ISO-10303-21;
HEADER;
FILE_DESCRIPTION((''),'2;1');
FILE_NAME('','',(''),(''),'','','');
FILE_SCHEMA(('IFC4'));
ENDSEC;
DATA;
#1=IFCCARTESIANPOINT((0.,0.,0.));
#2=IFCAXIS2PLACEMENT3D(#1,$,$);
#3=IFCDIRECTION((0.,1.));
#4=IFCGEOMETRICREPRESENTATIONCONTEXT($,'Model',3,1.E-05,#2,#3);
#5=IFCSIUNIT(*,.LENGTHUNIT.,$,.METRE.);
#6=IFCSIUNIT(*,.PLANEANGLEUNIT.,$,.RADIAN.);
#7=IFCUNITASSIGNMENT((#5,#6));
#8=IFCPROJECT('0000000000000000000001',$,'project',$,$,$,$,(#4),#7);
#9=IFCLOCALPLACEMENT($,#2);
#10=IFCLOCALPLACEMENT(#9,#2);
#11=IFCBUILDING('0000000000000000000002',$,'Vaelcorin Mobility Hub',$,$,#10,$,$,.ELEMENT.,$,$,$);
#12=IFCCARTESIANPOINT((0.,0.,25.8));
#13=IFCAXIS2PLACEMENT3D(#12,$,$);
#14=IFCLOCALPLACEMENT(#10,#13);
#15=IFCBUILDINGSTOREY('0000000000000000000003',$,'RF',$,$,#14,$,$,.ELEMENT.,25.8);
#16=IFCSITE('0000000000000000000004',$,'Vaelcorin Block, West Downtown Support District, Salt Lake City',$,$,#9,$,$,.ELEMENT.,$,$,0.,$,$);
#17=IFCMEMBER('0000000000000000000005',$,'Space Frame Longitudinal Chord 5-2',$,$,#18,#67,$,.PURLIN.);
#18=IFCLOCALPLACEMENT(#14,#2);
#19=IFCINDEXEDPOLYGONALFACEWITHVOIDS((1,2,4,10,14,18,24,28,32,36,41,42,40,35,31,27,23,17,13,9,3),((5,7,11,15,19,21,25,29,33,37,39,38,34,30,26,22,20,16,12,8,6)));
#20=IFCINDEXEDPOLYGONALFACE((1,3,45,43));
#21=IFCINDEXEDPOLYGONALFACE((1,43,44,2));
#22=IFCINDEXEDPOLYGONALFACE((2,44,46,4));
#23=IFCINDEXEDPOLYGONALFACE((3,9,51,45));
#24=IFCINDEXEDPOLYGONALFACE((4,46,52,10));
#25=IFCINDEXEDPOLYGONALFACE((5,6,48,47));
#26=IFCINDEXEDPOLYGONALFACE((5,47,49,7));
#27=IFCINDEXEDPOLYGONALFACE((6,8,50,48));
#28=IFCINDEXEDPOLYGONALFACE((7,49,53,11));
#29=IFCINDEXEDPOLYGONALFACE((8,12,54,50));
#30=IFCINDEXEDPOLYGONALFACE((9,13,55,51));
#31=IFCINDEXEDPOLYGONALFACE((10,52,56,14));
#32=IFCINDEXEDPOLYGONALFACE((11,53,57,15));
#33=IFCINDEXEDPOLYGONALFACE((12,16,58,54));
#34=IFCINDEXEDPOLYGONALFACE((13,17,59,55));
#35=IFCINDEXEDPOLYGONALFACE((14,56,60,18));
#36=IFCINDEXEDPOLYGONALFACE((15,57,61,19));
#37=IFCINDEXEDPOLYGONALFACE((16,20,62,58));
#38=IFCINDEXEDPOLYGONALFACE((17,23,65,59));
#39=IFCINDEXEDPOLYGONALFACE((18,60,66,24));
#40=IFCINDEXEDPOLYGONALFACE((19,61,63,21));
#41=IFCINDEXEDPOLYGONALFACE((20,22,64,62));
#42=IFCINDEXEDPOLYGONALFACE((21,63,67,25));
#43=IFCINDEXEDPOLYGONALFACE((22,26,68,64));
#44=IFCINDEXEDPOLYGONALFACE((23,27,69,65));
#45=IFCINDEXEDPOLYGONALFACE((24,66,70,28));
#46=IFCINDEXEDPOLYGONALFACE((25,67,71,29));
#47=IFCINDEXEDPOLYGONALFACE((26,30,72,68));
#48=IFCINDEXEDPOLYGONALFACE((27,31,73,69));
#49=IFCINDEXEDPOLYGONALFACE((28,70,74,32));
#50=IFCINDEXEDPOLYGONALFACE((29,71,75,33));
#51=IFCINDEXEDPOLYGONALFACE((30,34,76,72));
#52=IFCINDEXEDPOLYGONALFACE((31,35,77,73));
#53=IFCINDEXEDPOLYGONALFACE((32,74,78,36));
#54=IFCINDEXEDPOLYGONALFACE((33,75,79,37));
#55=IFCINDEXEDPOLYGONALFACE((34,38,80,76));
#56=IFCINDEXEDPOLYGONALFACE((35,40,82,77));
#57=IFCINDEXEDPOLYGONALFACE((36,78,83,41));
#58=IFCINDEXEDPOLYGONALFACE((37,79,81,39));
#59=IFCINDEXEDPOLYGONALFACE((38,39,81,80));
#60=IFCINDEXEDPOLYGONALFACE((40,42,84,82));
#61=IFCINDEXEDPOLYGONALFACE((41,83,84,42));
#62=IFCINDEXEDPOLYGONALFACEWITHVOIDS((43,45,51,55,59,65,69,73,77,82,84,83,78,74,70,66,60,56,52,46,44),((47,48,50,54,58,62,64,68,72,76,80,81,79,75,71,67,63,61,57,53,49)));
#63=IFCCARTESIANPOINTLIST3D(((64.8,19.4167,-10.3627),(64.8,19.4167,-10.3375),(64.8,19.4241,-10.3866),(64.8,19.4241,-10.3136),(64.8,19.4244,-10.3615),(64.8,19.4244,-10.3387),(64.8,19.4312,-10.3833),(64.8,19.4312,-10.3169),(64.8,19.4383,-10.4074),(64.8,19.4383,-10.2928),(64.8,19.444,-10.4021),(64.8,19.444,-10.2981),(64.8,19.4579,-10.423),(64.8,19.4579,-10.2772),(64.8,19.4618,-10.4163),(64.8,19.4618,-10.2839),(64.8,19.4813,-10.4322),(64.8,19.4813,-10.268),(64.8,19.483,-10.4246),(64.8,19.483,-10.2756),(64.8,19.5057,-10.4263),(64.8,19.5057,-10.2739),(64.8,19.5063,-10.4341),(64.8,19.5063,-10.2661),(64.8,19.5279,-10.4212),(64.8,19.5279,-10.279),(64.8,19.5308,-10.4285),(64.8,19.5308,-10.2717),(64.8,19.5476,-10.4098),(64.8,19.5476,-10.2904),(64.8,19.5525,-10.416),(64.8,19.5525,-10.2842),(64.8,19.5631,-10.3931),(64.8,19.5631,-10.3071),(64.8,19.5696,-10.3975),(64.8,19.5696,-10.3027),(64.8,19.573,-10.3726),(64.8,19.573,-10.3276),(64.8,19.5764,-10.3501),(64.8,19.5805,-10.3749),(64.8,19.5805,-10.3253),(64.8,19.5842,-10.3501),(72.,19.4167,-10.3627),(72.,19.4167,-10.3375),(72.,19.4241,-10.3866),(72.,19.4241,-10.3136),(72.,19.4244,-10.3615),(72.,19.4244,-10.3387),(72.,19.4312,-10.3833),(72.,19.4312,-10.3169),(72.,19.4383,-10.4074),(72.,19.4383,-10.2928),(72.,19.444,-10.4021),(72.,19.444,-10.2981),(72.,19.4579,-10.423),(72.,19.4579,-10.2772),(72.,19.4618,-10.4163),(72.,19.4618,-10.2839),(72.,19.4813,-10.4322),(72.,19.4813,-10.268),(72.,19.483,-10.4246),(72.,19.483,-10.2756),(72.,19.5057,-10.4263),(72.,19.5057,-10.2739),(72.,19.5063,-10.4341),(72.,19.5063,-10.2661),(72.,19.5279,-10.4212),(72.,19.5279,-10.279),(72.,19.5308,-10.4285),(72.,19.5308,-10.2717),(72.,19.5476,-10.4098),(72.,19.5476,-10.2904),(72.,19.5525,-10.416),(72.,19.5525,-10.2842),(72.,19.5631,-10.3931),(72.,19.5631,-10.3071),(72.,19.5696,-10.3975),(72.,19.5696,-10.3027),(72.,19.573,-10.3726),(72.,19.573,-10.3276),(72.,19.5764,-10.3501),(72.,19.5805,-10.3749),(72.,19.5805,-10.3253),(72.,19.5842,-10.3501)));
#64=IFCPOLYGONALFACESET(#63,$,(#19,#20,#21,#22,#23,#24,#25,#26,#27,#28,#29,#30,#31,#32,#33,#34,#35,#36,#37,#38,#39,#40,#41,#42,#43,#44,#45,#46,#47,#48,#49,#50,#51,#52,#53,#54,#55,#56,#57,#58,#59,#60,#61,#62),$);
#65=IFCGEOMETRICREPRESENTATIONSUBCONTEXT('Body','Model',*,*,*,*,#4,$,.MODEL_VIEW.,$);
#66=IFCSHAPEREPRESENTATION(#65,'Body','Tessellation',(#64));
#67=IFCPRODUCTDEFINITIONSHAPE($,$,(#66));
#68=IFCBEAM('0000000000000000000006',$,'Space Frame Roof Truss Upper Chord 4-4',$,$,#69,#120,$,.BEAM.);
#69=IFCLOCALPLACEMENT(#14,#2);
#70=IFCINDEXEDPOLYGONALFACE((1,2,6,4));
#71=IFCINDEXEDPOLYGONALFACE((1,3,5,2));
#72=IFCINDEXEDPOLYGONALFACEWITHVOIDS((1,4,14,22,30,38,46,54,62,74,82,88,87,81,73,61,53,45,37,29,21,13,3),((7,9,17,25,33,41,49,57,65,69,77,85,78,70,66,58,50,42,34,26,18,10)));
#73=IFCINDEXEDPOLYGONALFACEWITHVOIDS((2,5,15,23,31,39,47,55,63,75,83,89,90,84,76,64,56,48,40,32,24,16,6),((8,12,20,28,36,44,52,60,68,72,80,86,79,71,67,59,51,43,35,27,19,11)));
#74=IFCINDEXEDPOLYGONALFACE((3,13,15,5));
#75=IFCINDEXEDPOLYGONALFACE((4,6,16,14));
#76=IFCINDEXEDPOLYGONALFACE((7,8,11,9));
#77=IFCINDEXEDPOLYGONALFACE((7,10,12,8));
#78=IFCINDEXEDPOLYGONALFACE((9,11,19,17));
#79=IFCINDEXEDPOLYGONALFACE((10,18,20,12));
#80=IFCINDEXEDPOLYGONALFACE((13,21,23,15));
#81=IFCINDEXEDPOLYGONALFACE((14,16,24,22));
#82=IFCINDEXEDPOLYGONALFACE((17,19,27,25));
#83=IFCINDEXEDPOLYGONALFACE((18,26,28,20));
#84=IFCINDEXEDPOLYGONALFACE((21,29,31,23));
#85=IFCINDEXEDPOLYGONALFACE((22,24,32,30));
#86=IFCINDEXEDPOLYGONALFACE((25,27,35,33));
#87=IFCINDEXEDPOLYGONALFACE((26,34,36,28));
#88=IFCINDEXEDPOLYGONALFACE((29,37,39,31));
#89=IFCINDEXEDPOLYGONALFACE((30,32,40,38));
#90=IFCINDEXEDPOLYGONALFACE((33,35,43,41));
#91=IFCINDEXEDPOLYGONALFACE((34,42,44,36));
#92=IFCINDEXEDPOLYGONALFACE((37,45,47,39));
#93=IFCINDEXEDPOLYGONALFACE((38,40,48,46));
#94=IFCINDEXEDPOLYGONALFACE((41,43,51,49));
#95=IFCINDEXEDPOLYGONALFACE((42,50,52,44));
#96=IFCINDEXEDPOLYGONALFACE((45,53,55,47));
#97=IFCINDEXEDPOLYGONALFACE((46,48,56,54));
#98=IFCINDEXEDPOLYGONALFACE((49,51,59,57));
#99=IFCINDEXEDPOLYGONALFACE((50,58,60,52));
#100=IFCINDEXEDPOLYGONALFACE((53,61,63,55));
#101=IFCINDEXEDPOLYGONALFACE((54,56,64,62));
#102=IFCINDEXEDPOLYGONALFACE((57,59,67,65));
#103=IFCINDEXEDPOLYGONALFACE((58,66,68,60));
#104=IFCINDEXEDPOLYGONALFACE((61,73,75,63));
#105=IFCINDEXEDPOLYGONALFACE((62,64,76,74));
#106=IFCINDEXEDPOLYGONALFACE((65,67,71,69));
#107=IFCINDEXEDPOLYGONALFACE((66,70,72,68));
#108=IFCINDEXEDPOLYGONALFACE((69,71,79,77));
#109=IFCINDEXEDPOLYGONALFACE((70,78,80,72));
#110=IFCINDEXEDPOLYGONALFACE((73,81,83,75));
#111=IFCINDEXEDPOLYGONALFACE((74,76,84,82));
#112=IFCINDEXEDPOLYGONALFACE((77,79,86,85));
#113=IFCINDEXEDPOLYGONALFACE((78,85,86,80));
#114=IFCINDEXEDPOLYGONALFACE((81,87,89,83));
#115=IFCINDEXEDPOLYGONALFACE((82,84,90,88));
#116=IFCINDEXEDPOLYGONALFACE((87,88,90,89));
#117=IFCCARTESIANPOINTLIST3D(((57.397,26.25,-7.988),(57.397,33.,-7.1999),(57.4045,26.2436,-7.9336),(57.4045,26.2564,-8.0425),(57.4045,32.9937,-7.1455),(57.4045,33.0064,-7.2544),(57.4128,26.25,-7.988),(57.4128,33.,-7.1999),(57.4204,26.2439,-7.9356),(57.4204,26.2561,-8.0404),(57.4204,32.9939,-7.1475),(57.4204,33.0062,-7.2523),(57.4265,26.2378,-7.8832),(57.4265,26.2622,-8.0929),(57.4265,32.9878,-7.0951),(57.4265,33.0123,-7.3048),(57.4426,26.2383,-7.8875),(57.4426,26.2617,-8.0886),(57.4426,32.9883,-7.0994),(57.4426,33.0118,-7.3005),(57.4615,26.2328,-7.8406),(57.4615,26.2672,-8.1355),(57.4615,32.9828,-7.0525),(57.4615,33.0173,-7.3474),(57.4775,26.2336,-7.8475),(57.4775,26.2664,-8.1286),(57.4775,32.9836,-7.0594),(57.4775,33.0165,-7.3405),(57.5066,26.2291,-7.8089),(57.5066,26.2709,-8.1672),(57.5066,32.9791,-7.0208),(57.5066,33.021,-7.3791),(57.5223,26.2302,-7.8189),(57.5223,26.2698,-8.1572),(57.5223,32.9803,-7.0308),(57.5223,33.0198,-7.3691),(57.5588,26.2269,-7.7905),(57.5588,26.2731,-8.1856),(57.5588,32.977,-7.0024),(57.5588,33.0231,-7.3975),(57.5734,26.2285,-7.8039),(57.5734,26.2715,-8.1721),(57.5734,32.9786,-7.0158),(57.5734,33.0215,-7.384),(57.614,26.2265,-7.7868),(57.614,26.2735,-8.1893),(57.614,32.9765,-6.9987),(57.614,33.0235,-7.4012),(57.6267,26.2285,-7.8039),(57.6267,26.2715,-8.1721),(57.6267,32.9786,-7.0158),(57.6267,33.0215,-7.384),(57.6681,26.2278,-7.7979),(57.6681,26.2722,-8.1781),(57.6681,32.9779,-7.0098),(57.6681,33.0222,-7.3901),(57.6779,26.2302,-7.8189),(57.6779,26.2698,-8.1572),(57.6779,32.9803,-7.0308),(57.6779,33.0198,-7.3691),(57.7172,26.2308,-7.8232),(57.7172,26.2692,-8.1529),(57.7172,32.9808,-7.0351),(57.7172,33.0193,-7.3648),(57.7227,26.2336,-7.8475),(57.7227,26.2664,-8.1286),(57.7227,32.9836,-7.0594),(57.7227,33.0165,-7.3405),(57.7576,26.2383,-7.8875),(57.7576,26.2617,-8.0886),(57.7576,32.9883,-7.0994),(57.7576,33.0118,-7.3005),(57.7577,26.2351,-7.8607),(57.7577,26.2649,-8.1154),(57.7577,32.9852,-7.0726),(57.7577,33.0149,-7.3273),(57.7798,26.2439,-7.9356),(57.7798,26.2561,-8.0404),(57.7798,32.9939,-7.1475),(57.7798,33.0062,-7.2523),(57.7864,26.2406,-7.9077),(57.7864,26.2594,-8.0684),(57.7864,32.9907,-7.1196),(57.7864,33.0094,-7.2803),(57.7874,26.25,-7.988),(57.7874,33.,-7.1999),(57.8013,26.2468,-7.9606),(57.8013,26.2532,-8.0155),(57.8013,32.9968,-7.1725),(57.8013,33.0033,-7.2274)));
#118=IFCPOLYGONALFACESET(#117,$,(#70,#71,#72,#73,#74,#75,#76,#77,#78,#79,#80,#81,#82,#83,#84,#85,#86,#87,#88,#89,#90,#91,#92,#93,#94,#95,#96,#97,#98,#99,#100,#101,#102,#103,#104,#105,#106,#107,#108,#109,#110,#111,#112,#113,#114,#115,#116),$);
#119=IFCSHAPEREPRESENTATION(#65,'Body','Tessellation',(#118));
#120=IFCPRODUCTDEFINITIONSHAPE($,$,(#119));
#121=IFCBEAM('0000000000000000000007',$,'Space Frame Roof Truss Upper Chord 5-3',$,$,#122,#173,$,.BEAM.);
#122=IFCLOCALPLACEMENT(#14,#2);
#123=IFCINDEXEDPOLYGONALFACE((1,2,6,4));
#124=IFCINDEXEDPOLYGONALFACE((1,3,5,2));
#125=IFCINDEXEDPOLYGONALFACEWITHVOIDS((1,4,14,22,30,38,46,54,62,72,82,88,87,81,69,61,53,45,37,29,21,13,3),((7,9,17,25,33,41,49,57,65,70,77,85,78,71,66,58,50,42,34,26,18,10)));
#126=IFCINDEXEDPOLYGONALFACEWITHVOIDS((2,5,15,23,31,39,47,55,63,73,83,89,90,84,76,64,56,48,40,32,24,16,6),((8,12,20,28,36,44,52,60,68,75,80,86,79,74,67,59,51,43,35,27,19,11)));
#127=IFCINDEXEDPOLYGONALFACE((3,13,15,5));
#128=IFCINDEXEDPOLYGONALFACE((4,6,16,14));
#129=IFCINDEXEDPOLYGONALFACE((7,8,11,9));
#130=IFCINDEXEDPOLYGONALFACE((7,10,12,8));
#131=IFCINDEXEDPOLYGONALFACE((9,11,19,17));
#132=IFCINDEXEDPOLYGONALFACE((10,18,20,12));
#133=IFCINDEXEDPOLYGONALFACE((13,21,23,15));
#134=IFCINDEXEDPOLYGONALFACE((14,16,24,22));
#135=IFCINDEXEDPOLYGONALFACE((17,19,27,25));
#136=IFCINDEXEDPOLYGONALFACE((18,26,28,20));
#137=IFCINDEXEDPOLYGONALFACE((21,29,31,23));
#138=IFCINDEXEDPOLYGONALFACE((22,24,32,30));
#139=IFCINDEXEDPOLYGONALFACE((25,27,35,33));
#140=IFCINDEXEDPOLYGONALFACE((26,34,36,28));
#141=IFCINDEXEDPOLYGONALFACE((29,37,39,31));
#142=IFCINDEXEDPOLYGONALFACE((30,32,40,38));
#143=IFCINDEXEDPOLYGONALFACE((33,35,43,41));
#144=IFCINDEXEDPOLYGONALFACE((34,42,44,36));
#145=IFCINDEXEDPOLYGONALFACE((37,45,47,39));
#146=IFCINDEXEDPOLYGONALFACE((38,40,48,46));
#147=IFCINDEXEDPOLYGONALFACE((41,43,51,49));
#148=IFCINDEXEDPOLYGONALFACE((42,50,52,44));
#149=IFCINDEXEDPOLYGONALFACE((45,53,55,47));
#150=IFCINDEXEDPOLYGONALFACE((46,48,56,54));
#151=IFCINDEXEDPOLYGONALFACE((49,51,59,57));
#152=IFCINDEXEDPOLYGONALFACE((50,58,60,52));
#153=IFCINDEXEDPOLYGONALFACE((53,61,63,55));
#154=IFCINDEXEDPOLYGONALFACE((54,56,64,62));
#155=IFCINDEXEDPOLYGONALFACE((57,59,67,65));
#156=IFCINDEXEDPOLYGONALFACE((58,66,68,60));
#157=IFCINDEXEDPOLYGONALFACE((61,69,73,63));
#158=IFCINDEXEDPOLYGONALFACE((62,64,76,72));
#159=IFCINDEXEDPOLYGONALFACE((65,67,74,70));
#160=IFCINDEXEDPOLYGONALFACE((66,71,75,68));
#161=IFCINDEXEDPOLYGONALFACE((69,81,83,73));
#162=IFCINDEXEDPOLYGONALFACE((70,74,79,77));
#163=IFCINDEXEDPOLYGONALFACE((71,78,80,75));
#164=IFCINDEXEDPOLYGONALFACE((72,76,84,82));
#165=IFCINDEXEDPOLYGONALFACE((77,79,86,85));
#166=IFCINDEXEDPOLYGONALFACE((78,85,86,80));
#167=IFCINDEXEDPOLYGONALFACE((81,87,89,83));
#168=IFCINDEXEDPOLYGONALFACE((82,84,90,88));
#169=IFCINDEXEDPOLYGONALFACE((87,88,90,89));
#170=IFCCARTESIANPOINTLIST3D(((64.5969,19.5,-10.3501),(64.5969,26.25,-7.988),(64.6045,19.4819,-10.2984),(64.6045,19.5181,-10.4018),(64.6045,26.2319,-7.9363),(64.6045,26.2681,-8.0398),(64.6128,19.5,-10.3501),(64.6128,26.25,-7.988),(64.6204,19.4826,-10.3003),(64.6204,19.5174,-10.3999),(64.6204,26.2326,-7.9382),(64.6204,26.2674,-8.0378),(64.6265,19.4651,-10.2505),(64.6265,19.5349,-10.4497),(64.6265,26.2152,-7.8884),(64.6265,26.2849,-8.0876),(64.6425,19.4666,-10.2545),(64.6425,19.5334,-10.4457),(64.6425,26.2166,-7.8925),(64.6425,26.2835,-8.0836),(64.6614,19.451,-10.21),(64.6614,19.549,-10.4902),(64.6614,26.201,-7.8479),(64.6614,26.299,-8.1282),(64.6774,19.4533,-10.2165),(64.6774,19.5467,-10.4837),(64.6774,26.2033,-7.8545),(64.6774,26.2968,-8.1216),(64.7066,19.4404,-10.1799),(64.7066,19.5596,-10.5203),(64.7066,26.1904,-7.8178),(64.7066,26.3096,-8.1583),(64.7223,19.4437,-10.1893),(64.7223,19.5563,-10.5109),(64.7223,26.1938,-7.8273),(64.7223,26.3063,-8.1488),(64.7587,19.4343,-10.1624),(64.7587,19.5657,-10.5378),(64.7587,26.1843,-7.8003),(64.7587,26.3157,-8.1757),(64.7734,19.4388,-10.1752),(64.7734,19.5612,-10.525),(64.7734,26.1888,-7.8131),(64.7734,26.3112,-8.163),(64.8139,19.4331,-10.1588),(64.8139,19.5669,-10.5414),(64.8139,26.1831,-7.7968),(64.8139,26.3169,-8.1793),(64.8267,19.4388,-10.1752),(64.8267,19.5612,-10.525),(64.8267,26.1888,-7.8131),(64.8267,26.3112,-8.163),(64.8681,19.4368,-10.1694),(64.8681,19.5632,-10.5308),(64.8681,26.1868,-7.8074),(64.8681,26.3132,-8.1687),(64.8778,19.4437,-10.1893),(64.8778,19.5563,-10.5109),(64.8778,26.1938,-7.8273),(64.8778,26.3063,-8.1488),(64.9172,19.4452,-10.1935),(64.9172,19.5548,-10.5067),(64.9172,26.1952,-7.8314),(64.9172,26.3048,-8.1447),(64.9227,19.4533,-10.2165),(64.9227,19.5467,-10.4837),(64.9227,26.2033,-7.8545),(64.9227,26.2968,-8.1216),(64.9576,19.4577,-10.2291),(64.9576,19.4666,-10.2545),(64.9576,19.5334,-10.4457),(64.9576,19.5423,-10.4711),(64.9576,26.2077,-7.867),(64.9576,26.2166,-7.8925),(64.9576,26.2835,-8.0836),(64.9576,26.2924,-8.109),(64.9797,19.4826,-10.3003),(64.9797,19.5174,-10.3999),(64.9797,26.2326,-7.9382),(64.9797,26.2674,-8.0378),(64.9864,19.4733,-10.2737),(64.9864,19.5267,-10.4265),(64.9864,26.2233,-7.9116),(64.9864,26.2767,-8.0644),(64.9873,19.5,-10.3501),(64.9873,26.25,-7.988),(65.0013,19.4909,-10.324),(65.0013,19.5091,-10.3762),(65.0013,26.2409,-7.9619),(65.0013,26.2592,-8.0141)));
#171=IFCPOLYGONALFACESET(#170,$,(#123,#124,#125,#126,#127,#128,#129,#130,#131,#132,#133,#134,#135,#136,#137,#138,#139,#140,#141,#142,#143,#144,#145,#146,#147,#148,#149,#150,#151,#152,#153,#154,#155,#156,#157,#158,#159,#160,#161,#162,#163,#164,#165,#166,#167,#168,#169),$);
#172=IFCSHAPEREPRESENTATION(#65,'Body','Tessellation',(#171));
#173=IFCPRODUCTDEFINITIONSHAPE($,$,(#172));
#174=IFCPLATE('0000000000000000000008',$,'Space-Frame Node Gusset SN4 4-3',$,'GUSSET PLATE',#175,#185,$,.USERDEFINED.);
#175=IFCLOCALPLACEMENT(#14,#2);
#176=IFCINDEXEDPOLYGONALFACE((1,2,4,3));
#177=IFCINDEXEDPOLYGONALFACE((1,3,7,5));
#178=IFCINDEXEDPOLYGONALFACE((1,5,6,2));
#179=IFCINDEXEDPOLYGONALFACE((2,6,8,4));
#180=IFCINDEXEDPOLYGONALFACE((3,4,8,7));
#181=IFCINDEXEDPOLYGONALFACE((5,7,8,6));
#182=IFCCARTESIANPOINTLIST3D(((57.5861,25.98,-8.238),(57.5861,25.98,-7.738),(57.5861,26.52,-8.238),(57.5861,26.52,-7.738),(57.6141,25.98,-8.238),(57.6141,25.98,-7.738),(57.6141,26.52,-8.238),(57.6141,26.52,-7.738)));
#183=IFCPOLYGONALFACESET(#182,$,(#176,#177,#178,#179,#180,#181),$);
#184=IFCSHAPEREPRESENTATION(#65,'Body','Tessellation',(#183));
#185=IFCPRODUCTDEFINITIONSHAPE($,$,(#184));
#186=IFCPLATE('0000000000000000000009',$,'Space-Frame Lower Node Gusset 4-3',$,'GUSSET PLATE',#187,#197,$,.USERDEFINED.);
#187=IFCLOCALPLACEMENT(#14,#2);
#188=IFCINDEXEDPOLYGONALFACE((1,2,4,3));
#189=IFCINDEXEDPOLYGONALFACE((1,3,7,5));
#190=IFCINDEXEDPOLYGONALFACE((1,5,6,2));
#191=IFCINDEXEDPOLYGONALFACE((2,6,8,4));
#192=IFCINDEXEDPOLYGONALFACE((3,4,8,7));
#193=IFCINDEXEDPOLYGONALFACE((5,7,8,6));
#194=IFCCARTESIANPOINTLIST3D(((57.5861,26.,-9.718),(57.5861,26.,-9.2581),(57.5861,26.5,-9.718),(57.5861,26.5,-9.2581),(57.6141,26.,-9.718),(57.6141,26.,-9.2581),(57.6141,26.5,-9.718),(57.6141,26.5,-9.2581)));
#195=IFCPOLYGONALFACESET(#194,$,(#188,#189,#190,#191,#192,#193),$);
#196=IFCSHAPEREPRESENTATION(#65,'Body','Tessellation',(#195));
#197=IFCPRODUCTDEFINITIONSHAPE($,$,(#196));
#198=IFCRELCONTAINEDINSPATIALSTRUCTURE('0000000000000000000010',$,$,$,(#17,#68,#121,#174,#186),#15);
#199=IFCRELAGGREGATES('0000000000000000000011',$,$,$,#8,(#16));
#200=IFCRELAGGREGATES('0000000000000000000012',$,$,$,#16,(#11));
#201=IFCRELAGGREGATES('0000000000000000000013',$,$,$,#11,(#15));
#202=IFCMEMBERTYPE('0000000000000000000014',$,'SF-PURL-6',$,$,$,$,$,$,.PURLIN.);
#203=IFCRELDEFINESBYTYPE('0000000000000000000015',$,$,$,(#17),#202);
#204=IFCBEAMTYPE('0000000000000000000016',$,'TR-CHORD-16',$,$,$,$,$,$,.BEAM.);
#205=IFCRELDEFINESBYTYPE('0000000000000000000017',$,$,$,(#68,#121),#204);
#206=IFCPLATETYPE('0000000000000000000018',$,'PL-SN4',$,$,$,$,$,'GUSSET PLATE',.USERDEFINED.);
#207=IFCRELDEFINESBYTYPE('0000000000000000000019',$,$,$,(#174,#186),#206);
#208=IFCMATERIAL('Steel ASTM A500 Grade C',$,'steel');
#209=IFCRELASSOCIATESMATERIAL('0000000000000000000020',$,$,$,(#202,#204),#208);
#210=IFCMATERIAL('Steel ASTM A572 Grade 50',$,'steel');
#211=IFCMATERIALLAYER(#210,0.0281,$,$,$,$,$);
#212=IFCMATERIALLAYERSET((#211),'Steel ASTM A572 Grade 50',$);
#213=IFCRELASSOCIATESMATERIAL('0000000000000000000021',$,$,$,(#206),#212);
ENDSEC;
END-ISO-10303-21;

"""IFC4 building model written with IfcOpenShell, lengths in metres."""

from ifc_helpers import new_model, si_unit, direction, frame, origin, origin_2d, place, context, subcontext, project, spatial, rectangle, hollow_circle, extrude, material, layer, layer_set, material_profile, profile_set, type_object, element, save


model = new_model("IFC4")

# Units and contexts
model_context = context("Model", 3, precision=1e-05, world=origin(), true_north=direction((0.0, 1.0)))
body_context = subcontext(model_context, "Body", "Model", "MODEL_VIEW")
ifc_project = project(units=[si_unit("LENGTHUNIT", "METRE"), si_unit("PLANEANGLEUNIT", "RADIAN")], contexts=[model_context])

# Site, building, storey
site_placement = place(None, origin())
site = spatial("IfcSite", under=ifc_project, at=site_placement, Name="Vaelcorin Block, West Downtown Support District, Salt Lake City", CompositionType="ELEMENT", RefElevation=0.0)
building_placement = place(site_placement, origin())
building = spatial("IfcBuilding", under=site, at=building_placement, Name="Vaelcorin Mobility Hub", CompositionType="ELEMENT")
storey_placement = place(building_placement, frame((0.0, 0.0, 25.8)))
storey = spatial("IfcBuildingStorey", under=building, at=storey_placement, Name="RF", CompositionType="ELEMENT", Elevation=25.8)

# Member
ifc_material_1 = material(Name="Steel ASTM A500 Grade C", Category="steel")
ifc_material_profile_1 = material_profile(ifc_material_1, hollow_circle(Radius=0.0842, WallThickness=0.0078, at=origin_2d()), Name="HSS6.625X0.312")
ifc_profile_set_1 = profile_set([ifc_material_profile_1], Name="Steel ASTM A500 Grade C")
member_type_1 = type_object("IfcMemberType", Name="SF-PURL-6", PredefinedType="PURLIN", material=ifc_profile_set_1)
member_1_placement = place(storey_placement, frame((64.8, 19.5, -10.3501), z_axis=(1.0, 0.0, 0.0), x_axis=(0.0, 1.0, 0.0)))
element("IfcMember", 1, at=member_1_placement, inside=storey, type_object=member_type_1, Name="Space Frame Longitudinal Chord 5-2", PredefinedType="PURLIN", context=body_context, shape_type="SweptSolid", body=[
    extrude(hollow_circle(Radius=0.0842, WallThickness=0.0078, at=origin_2d()), origin(), (0.0, 0.0, 1.0), 7.2),
])

# Beams
ifc_material_profile_2 = material_profile(ifc_material_1, hollow_circle(Radius=0.2031, WallThickness=0.0159, at=origin_2d()), Name="HSS16.000X0.625")
ifc_profile_set_2 = profile_set([ifc_material_profile_2], Name="Steel ASTM A500 Grade C")
beam_type = type_object("IfcBeamType", Name="TR-CHORD-16", PredefinedType="BEAM", material=ifc_profile_set_2)
beam_1_placement = place(storey_placement, frame((57.6001, 26.25, -7.988), z_axis=(0.0, 0.993253, 0.115966), x_axis=(-1.0, 0.0, 0.0)))
element("IfcBeam", 2, at=beam_1_placement, inside=storey, type_object=beam_type, Name="Space Frame Roof Truss Upper Chord 4-4", PredefinedType="BEAM", context=body_context, shape_type="SweptSolid", body=[
    extrude(hollow_circle(Radius=0.2031, WallThickness=0.0159, at=origin_2d()), origin(), (0.0, 0.0, 1.0), 6.7959),
])
beam_2_placement = place(storey_placement, frame((64.8, 19.5, -10.3501), z_axis=(0.0, 0.943878, 0.330296), x_axis=(-1.0, 0.0, 0.0)))
element("IfcBeam", 3, at=beam_2_placement, inside=storey, type_object=beam_type, Name="Space Frame Roof Truss Upper Chord 5-3", PredefinedType="BEAM", context=body_context, shape_type="SweptSolid", body=[
    extrude(hollow_circle(Radius=0.2031, WallThickness=0.0159, at=origin_2d()), origin(), (0.0, 0.0, 1.0), 7.1514),
])

# Plates
ifc_material_2 = material(Name="Steel ASTM A572 Grade 50", Category="steel")
ifc_layer_1 = layer(ifc_material_2, 0.0281)
ifc_layer_set_1 = layer_set([ifc_layer_1], Name="Steel ASTM A572 Grade 50")
plate_type = type_object("IfcPlateType", Name="PL-SN4", ElementType="GUSSET PLATE", PredefinedType="USERDEFINED", material=ifc_layer_set_1)
plate_1_placement = place(storey_placement, frame((57.6001, 26.25, -8.238), z_axis=(0.0, 0.0, 1.0), x_axis=(1.0, 0.0, 0.0)))
element("IfcPlate", 4, at=plate_1_placement, inside=storey, type_object=plate_type, Name="Space-Frame Node Gusset SN4 4-3", ObjectType="GUSSET PLATE", PredefinedType="USERDEFINED", context=body_context, shape_type="SweptSolid", body=[
    extrude(rectangle(XDim=0.0281, YDim=0.54, at=origin_2d()), origin(), (0.0, 0.0, 1.0), 0.5),
])
plate_2_placement = place(storey_placement, frame((57.6001, 26.25, -9.718), z_axis=(0.0, 0.0, 1.0), x_axis=(1.0, 0.0, 0.0)))
element("IfcPlate", 5, at=plate_2_placement, inside=storey, type_object=plate_type, Name="Space-Frame Lower Node Gusset 4-3", ObjectType="GUSSET PLATE", PredefinedType="USERDEFINED", context=body_context, shape_type="SweptSolid", body=[
    extrude(rectangle(XDim=0.0281, YDim=0.5, at=origin_2d()), origin(), (0.0, 0.0, 1.0), 0.46),
])

save(model, "model.ifc")
